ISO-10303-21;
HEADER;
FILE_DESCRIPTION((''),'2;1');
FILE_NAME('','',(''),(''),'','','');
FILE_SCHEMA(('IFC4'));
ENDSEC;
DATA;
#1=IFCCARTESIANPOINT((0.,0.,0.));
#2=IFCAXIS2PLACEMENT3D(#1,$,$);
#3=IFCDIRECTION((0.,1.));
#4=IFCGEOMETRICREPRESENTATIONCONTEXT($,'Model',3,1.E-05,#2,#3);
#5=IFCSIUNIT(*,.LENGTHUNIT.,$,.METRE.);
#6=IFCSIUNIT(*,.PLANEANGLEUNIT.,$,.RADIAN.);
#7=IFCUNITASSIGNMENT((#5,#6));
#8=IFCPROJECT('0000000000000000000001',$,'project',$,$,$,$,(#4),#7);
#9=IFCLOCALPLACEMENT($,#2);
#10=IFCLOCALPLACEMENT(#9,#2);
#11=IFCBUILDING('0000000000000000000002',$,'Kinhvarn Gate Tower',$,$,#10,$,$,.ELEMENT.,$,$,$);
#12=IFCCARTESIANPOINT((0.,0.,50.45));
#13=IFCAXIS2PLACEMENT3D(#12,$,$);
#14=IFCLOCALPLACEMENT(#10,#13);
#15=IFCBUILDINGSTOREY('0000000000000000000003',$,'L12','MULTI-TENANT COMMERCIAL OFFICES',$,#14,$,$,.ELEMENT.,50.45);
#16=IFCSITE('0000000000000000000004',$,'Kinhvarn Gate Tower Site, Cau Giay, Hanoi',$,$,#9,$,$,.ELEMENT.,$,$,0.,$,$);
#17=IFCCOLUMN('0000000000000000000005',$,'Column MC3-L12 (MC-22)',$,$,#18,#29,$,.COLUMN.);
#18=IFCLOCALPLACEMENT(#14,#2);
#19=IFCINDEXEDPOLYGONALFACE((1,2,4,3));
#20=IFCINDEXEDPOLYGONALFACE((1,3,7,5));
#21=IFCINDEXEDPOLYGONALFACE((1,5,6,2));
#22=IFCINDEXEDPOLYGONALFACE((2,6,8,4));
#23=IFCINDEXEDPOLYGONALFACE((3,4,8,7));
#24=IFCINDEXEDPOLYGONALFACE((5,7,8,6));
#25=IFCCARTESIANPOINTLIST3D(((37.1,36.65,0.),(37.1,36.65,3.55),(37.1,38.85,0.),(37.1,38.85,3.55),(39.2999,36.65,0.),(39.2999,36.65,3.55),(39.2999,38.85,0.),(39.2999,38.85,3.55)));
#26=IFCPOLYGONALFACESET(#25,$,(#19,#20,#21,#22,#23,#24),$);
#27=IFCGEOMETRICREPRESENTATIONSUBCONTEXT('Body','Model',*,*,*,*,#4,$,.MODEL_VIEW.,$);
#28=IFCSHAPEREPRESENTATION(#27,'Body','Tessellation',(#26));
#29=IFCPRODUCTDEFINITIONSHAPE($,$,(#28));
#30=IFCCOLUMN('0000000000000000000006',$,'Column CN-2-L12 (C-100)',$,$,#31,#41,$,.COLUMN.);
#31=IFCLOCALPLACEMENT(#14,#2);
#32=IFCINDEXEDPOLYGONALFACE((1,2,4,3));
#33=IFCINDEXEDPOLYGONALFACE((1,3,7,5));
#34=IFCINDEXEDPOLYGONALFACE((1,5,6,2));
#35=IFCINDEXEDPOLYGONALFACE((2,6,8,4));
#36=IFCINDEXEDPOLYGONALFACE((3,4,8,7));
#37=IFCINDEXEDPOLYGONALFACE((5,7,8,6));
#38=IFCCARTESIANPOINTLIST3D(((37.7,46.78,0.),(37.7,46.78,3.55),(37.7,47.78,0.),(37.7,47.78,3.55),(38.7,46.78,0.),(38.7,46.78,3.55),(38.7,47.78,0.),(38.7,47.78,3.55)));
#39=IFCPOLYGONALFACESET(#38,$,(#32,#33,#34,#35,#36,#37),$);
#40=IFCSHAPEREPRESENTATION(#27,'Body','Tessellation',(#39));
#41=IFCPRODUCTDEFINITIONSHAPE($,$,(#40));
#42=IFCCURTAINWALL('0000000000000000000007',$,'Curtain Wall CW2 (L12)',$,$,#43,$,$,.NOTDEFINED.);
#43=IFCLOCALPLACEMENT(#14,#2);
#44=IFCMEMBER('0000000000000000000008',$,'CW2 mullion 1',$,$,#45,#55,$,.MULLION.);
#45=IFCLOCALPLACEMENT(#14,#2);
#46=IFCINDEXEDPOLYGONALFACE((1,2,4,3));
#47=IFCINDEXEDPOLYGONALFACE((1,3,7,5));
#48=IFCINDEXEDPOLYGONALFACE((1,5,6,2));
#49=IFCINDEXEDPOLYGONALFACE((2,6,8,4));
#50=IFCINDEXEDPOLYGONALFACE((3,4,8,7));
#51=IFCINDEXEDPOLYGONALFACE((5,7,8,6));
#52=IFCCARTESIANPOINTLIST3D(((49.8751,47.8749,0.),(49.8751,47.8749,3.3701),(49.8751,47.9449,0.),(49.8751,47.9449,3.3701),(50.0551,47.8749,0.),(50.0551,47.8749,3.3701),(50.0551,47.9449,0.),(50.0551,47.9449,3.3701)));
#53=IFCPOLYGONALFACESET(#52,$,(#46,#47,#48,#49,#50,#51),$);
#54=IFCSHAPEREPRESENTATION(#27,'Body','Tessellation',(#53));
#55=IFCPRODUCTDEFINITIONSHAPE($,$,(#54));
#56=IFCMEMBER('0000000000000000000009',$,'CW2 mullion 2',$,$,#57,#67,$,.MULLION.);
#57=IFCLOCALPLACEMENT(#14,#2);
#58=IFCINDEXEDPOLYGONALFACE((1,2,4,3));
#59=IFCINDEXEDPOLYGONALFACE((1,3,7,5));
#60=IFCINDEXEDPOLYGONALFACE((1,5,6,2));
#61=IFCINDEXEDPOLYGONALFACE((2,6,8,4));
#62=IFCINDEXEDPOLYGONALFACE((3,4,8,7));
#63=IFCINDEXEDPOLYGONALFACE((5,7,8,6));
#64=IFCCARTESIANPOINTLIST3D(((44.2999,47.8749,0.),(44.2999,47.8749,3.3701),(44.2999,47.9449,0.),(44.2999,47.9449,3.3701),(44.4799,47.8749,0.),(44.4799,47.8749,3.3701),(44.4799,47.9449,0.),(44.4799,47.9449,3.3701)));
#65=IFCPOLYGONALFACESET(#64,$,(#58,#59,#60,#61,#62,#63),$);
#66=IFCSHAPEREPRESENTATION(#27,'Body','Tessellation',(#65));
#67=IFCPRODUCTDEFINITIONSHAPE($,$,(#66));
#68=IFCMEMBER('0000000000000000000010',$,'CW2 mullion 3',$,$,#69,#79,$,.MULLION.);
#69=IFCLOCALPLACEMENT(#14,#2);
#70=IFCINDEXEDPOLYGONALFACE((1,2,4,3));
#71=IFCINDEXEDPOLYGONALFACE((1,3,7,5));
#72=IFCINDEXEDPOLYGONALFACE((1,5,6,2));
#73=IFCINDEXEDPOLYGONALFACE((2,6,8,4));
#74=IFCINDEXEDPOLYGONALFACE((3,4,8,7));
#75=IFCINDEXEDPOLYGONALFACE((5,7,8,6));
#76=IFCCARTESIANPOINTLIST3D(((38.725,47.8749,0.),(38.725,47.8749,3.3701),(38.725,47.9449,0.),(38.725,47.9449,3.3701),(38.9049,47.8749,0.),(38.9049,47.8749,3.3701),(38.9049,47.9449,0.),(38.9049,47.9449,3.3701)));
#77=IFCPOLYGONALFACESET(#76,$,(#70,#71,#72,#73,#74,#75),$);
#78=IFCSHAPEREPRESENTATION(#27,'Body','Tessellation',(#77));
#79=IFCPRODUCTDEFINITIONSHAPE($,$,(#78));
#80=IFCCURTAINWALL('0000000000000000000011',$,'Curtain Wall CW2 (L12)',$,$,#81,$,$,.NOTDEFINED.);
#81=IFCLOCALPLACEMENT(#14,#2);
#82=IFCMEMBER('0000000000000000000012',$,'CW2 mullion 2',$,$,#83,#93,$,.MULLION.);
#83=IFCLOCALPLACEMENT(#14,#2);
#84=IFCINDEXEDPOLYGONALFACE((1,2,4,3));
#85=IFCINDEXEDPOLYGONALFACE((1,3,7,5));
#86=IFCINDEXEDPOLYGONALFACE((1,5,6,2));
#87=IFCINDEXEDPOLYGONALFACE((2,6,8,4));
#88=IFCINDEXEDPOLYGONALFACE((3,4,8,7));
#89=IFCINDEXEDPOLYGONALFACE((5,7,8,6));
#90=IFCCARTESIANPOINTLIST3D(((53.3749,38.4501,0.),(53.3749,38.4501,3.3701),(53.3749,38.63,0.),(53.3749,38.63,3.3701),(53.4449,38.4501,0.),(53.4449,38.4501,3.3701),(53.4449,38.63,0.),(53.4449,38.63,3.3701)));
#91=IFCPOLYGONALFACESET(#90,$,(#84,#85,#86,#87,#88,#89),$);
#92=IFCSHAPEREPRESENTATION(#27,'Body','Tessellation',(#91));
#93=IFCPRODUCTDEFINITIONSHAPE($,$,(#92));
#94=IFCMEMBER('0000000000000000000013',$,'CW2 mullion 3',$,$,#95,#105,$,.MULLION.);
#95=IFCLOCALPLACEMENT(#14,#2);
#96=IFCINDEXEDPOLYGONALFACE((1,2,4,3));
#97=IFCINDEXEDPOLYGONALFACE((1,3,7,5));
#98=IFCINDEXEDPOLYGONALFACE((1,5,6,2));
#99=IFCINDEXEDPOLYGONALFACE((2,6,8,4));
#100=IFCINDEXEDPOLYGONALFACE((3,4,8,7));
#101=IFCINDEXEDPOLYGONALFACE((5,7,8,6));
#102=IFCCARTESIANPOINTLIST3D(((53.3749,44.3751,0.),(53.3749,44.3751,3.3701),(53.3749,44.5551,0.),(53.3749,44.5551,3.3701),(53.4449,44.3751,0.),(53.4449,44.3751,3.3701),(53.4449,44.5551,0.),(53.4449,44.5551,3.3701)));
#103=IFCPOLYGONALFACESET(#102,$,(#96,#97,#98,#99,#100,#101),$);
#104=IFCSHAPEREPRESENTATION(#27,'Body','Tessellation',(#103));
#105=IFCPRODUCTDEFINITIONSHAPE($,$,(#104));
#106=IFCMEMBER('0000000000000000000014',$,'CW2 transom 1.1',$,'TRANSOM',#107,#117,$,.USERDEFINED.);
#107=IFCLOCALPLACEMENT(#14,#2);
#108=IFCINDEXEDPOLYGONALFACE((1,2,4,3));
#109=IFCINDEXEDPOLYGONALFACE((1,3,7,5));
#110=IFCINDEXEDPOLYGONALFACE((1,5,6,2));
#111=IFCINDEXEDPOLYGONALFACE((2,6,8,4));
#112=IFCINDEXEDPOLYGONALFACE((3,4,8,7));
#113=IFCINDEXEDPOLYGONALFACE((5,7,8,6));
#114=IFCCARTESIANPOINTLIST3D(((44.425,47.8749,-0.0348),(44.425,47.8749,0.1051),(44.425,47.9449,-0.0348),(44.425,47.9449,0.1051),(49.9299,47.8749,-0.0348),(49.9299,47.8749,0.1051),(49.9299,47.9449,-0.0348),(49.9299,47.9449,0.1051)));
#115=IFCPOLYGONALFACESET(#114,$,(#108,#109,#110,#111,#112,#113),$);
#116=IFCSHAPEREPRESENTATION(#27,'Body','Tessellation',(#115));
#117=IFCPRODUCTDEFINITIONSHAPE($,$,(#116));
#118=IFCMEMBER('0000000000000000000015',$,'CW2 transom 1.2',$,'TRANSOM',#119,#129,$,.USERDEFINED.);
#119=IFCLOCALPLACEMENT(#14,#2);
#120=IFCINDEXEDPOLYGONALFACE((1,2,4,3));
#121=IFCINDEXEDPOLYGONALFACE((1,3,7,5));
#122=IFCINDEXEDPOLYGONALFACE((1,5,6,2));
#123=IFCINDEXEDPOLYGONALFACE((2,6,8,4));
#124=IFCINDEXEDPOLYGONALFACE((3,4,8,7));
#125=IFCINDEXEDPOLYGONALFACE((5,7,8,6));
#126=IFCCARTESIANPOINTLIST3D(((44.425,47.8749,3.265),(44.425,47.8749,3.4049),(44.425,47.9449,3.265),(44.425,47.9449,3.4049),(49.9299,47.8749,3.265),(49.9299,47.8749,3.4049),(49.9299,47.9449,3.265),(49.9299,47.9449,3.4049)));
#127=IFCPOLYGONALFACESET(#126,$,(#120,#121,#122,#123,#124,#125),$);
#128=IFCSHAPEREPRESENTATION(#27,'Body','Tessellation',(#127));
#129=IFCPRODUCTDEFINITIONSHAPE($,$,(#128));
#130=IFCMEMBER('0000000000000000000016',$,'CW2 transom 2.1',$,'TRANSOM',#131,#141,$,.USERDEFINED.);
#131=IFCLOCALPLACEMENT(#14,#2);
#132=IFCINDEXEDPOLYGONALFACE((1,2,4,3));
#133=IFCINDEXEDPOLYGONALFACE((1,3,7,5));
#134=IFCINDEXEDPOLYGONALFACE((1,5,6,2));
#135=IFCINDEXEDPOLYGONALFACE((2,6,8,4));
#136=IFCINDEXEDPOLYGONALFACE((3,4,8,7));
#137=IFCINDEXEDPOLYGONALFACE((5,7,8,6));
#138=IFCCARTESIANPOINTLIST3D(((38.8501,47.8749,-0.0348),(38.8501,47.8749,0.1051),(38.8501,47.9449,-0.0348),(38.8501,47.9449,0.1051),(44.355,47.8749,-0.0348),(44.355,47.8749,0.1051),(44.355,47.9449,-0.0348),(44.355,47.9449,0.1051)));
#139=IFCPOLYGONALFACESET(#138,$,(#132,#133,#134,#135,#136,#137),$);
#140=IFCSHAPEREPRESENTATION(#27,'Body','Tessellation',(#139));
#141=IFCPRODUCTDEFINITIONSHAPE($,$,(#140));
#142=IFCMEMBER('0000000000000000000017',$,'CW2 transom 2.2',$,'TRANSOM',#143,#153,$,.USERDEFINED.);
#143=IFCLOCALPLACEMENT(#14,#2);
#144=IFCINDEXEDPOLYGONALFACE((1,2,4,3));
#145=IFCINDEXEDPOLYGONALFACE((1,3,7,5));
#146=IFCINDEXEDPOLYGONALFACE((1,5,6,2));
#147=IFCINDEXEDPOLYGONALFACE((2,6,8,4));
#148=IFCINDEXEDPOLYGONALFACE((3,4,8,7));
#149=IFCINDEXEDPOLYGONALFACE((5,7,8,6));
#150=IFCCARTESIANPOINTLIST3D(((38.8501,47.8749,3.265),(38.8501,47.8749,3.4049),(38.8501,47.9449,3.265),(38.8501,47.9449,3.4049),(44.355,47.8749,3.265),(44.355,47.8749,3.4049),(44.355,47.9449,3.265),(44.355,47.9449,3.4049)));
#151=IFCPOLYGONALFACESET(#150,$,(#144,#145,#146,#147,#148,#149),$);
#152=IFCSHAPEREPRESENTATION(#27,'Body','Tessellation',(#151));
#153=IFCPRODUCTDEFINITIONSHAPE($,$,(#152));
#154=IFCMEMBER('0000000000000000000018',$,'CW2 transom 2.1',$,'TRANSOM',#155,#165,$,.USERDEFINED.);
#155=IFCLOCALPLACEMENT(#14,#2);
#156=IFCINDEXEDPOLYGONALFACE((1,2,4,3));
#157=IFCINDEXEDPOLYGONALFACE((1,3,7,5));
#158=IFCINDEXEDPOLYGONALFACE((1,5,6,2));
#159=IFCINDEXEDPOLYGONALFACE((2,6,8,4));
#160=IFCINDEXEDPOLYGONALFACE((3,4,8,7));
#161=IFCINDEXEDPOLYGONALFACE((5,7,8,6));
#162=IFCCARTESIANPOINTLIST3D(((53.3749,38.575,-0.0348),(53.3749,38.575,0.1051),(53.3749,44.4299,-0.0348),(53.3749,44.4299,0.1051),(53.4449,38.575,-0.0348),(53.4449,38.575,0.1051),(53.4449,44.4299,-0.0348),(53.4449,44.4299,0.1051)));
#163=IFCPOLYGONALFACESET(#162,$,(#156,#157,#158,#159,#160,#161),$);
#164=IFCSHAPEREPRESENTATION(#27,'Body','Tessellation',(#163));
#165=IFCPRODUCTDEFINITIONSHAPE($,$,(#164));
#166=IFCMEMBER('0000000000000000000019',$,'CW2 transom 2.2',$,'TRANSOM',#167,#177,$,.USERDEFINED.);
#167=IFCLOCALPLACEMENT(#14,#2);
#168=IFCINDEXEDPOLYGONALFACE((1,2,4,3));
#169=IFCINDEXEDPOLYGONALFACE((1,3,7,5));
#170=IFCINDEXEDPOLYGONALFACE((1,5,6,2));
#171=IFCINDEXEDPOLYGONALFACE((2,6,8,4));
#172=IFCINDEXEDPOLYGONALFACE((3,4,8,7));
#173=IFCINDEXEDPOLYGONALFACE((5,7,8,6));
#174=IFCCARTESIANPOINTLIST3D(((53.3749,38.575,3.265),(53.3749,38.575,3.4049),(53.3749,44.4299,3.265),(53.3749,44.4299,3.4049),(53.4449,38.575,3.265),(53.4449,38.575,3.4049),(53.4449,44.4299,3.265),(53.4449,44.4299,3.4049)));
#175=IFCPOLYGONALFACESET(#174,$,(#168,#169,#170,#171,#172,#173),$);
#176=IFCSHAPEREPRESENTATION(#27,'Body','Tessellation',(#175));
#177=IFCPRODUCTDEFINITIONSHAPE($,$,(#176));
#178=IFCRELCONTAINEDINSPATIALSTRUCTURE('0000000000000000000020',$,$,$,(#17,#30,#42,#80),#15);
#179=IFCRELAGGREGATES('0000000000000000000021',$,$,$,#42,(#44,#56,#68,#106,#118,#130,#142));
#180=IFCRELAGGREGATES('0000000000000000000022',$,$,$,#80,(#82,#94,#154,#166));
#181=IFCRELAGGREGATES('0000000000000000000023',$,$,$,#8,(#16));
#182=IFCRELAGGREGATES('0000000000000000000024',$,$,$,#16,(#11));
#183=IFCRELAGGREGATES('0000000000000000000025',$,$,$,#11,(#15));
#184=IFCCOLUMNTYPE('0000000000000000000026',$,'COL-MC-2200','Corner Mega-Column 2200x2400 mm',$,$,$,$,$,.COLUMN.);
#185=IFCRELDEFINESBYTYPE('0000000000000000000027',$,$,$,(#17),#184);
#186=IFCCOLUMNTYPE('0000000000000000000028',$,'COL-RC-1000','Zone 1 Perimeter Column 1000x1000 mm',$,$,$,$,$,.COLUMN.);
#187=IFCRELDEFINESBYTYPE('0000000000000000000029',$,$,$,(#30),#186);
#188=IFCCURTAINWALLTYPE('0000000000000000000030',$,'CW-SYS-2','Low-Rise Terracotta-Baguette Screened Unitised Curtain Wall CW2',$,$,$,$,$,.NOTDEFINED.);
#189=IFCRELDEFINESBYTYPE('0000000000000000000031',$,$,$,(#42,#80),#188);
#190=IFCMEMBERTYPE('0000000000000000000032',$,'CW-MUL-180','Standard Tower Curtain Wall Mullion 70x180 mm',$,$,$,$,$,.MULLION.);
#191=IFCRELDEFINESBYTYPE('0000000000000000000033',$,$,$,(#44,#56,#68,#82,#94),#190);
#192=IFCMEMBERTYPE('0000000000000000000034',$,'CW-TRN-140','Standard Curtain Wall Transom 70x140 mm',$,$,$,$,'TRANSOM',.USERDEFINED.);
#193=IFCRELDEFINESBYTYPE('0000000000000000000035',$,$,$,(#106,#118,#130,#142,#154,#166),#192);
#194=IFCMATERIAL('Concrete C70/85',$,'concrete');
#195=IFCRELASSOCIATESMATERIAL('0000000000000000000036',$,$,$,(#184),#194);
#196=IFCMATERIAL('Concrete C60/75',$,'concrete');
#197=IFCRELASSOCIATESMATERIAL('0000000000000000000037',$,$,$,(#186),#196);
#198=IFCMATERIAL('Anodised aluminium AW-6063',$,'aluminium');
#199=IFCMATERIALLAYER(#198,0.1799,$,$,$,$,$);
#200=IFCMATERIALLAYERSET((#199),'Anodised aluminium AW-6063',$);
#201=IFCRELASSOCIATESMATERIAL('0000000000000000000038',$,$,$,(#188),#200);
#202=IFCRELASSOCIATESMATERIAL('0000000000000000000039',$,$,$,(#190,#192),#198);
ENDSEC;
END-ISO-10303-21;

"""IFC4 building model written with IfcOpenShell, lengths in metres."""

from ifc_helpers import new_model, si_unit, direction, frame, origin, origin_2d, place, context, subcontext, project, spatial, rectangle, extrude, material, layer, layer_set, material_profile, profile_set, type_object, element, aggregate, save


model = new_model("IFC4")

# Units and contexts
model_context = context("Model", 3, precision=1e-05, world=origin(), true_north=direction((0.0, 1.0)))
body_context = subcontext(model_context, "Body", "Model", "MODEL_VIEW")
ifc_project = project(units=[si_unit("LENGTHUNIT", "METRE"), si_unit("PLANEANGLEUNIT", "RADIAN")], contexts=[model_context])

# Site, building, storey
site_placement = place(None, origin())
site = spatial("IfcSite", under=ifc_project, at=site_placement, Name="Kinhvarn Gate Tower Site, Cau Giay, Hanoi", CompositionType="ELEMENT", RefElevation=0.0)
building_placement = place(site_placement, origin())
building = spatial("IfcBuilding", under=site, at=building_placement, Name="Kinhvarn Gate Tower", CompositionType="ELEMENT")
storey_placement = place(building_placement, frame((0.0, 0.0, 50.45)))
storey = spatial("IfcBuildingStorey", under=building, at=storey_placement, Name="L12", Description="MULTI-TENANT COMMERCIAL OFFICES", CompositionType="ELEMENT", Elevation=50.45)

# Columns
ifc_material_1 = material(Name="Concrete C70/85", Category="concrete")
ifc_material_profile_1 = material_profile(ifc_material_1, rectangle(XDim=2.2, YDim=2.2, at=origin_2d()), Name="RC 2200x2200")
ifc_profile_set_1 = profile_set([ifc_material_profile_1], Name="Concrete C70/85")
column_type_1 = type_object("IfcColumnType", Name="COL-MC-2200", Description="Corner Mega-Column 2200x2400 mm", PredefinedType="COLUMN", material=ifc_profile_set_1)
column_1_placement = place(storey_placement, frame((38.2, 37.75, 0.0), z_axis=(0.0, 0.0, 1.0), x_axis=(1.0, 0.0, 0.0)))
element("IfcColumn", 1, at=column_1_placement, inside=storey, type_object=column_type_1, Name="Column MC3-L12 (MC-22)", PredefinedType="COLUMN", context=body_context, shape_type="SweptSolid", body=[
    extrude(rectangle(XDim=2.2, YDim=2.2, at=origin_2d()), origin(), (0.0, 0.0, 1.0), 3.55),
])
ifc_material_2 = material(Name="Concrete C60/75", Category="concrete")
ifc_material_profile_2 = material_profile(ifc_material_2, rectangle(XDim=1.0, YDim=1.0, at=origin_2d()), Name="RC 1000x1000")
ifc_profile_set_2 = profile_set([ifc_material_profile_2], Name="Concrete C60/75")
column_type_2 = type_object("IfcColumnType", Name="COL-RC-1000", Description="Zone 1 Perimeter Column 1000x1000 mm", PredefinedType="COLUMN", material=ifc_profile_set_2)
column_2_placement = place(storey_placement, frame((38.2, 47.28, 0.0), z_axis=(0.0, 0.0, 1.0), x_axis=(1.0, 0.0, 0.0)))
element("IfcColumn", 2, at=column_2_placement, inside=storey, type_object=column_type_2, Name="Column CN-2-L12 (C-100)", PredefinedType="COLUMN", context=body_context, shape_type="SweptSolid", body=[
    extrude(rectangle(XDim=1.0, YDim=1.0, at=origin_2d()), origin(), (0.0, 0.0, 1.0), 3.55),
])

# Curtain walls, members
ifc_material_3 = material(Name="Anodised aluminium AW-6063", Category="aluminium")
ifc_layer_1 = layer(ifc_material_3, 0.1799)
ifc_layer_set_1 = layer_set([ifc_layer_1], Name="Anodised aluminium AW-6063")
curtain_wall_type = type_object("IfcCurtainWallType", Name="CW-SYS-2", Description="Low-Rise Terracotta-Baguette Screened Unitised Curtain Wall CW2", PredefinedType="NOTDEFINED", material=ifc_layer_set_1)
curtain_wall_1_placement = place(storey_placement, origin())
curtain_wall_1 = element("IfcCurtainWall", 3, at=curtain_wall_1_placement, inside=storey, type_object=curtain_wall_type, Name="Curtain Wall CW2 (L12)", PredefinedType="NOTDEFINED")
ifc_material_profile_3 = material_profile(ifc_material_3, rectangle(XDim=0.0701, YDim=0.1799, at=origin_2d()), Name="ALU 70x180")
ifc_profile_set_3 = profile_set([ifc_material_profile_3], Name="Anodised aluminium AW-6063")
member_type_1 = type_object("IfcMemberType", Name="CW-MUL-180", Description="Standard Tower Curtain Wall Mullion 70x180 mm", PredefinedType="MULLION", material=ifc_profile_set_3)
member_1_placement = place(storey_placement, frame((49.9651, 47.9099, 0.0), z_axis=(0.0, 0.0, 1.0), x_axis=(0.0, -1.0, 0.0)))
member_1 = element("IfcMember", 4, at=member_1_placement, type_object=member_type_1, Name="CW2 mullion 1", PredefinedType="MULLION", context=body_context, shape_type="SweptSolid", body=[
    extrude(rectangle(XDim=0.0701, YDim=0.1799, at=origin_2d()), origin(), (0.0, 0.0, 1.0), 3.3701),
])
member_2_placement = place(storey_placement, frame((44.3899, 47.9099, 0.0), z_axis=(0.0, 0.0, 1.0), x_axis=(0.0, -1.0, 0.0)))
member_2 = element("IfcMember", 5, at=member_2_placement, type_object=member_type_1, Name="CW2 mullion 2", PredefinedType="MULLION", context=body_context, shape_type="SweptSolid", body=[
    extrude(rectangle(XDim=0.0701, YDim=0.1799, at=origin_2d()), origin(), (0.0, 0.0, 1.0), 3.3701),
])
member_3_placement = place(storey_placement, frame((38.8149, 47.9099, 0.0), z_axis=(0.0, 0.0, 1.0), x_axis=(0.0, -1.0, 0.0)))
member_3 = element("IfcMember", 6, at=member_3_placement, type_object=member_type_1, Name="CW2 mullion 3", PredefinedType="MULLION", context=body_context, shape_type="SweptSolid", body=[
    extrude(rectangle(XDim=0.0701, YDim=0.1799, at=origin_2d()), origin(), (0.0, 0.0, 1.0), 3.3701),
])
curtain_wall_2_placement = place(storey_placement, origin())
curtain_wall_2 = element("IfcCurtainWall", 7, at=curtain_wall_2_placement, inside=storey, type_object=curtain_wall_type, Name="Curtain Wall CW2 (L12)", PredefinedType="NOTDEFINED")
member_4_placement = place(storey_placement, frame((53.4099, 38.54, 0.0), z_axis=(0.0, 0.0, 1.0), x_axis=(-1.0, 0.0, 0.0)))
member_4 = element("IfcMember", 8, at=member_4_placement, type_object=member_type_1, Name="CW2 mullion 2", PredefinedType="MULLION", context=body_context, shape_type="SweptSolid", body=[
    extrude(rectangle(XDim=0.0701, YDim=0.1799, at=origin_2d()), origin(), (0.0, 0.0, 1.0), 3.3701),
])
member_5_placement = place(storey_placement, frame((53.4099, 44.4651, 0.0), z_axis=(0.0, 0.0, 1.0), x_axis=(-1.0, 0.0, 0.0)))
member_5 = element("IfcMember", 9, at=member_5_placement, type_object=member_type_1, Name="CW2 mullion 3", PredefinedType="MULLION", context=body_context, shape_type="SweptSolid", body=[
    extrude(rectangle(XDim=0.0701, YDim=0.1799, at=origin_2d()), origin(), (0.0, 0.0, 1.0), 3.3701),
])

# Members
ifc_material_profile_4 = material_profile(ifc_material_3, rectangle(XDim=0.0701, YDim=0.1399, at=origin_2d()), Name="ALU 70x140")
ifc_profile_set_4 = profile_set([ifc_material_profile_4], Name="Anodised aluminium AW-6063")
member_type_2 = type_object("IfcMemberType", Name="CW-TRN-140", Description="Standard Curtain Wall Transom 70x140 mm", ElementType="TRANSOM", PredefinedType="USERDEFINED", material=ifc_profile_set_4)
member_6_placement = place(storey_placement, frame((49.9299, 47.9099, 0.0352), z_axis=(-1.0, 0.0, 0.0), x_axis=(0.0, -1.0, 0.0)))
member_6 = element("IfcMember", 10, at=member_6_placement, type_object=member_type_2, Name="CW2 transom 1.1", ObjectType="TRANSOM", PredefinedType="USERDEFINED", context=body_context, shape_type="SweptSolid", body=[
    extrude(rectangle(XDim=0.0701, YDim=0.1399, at=origin_2d()), origin(), (0.0, 0.0, 1.0), 5.5049),
])
member_7_placement = place(storey_placement, frame((49.9299, 47.9099, 3.335), z_axis=(-1.0, 0.0, 0.0), x_axis=(0.0, -1.0, 0.0)))
member_7 = element("IfcMember", 11, at=member_7_placement, type_object=member_type_2, Name="CW2 transom 1.2", ObjectType="TRANSOM", PredefinedType="USERDEFINED", context=body_context, shape_type="SweptSolid", body=[
    extrude(rectangle(XDim=0.0701, YDim=0.1399, at=origin_2d()), origin(), (0.0, 0.0, 1.0), 5.5049),
])
member_8_placement = place(storey_placement, frame((44.355, 47.9099, 0.0352), z_axis=(-1.0, 0.0, 0.0), x_axis=(0.0, -1.0, 0.0)))
member_8 = element("IfcMember", 12, at=member_8_placement, type_object=member_type_2, Name="CW2 transom 2.1", ObjectType="TRANSOM", PredefinedType="USERDEFINED", context=body_context, shape_type="SweptSolid", body=[
    extrude(rectangle(XDim=0.0701, YDim=0.1399, at=origin_2d()), origin(), (0.0, 0.0, 1.0), 5.5049),
])
member_9_placement = place(storey_placement, frame((44.355, 47.9099, 3.335), z_axis=(-1.0, 0.0, 0.0), x_axis=(0.0, -1.0, 0.0)))
member_9 = element("IfcMember", 13, at=member_9_placement, type_object=member_type_2, Name="CW2 transom 2.2", ObjectType="TRANSOM", PredefinedType="USERDEFINED", context=body_context, shape_type="SweptSolid", body=[
    extrude(rectangle(XDim=0.0701, YDim=0.1399, at=origin_2d()), origin(), (0.0, 0.0, 1.0), 5.5049),
])
member_10_placement = place(storey_placement, frame((53.4099, 38.575, 0.0352), z_axis=(0.0, 1.0, 0.0), x_axis=(-1.0, 0.0, 0.0)))
member_10 = element("IfcMember", 14, at=member_10_placement, type_object=member_type_2, Name="CW2 transom 2.1", ObjectType="TRANSOM", PredefinedType="USERDEFINED", context=body_context, shape_type="SweptSolid", body=[
    extrude(rectangle(XDim=0.0701, YDim=0.1399, at=origin_2d()), origin(), (0.0, 0.0, 1.0), 5.855),
])
member_11_placement = place(storey_placement, frame((53.4099, 38.575, 3.335), z_axis=(0.0, 1.0, 0.0), x_axis=(-1.0, 0.0, 0.0)))
member_11 = element("IfcMember", 15, at=member_11_placement, type_object=member_type_2, Name="CW2 transom 2.2", ObjectType="TRANSOM", PredefinedType="USERDEFINED", context=body_context, shape_type="SweptSolid", body=[
    extrude(rectangle(XDim=0.0701, YDim=0.1399, at=origin_2d()), origin(), (0.0, 0.0, 1.0), 5.855),
])

aggregate(curtain_wall_1, [member_1, member_2, member_3, member_6, member_7, member_8, member_9])
aggregate(curtain_wall_2, [member_4, member_5, member_10, member_11])

save(model, "model.ifc")
